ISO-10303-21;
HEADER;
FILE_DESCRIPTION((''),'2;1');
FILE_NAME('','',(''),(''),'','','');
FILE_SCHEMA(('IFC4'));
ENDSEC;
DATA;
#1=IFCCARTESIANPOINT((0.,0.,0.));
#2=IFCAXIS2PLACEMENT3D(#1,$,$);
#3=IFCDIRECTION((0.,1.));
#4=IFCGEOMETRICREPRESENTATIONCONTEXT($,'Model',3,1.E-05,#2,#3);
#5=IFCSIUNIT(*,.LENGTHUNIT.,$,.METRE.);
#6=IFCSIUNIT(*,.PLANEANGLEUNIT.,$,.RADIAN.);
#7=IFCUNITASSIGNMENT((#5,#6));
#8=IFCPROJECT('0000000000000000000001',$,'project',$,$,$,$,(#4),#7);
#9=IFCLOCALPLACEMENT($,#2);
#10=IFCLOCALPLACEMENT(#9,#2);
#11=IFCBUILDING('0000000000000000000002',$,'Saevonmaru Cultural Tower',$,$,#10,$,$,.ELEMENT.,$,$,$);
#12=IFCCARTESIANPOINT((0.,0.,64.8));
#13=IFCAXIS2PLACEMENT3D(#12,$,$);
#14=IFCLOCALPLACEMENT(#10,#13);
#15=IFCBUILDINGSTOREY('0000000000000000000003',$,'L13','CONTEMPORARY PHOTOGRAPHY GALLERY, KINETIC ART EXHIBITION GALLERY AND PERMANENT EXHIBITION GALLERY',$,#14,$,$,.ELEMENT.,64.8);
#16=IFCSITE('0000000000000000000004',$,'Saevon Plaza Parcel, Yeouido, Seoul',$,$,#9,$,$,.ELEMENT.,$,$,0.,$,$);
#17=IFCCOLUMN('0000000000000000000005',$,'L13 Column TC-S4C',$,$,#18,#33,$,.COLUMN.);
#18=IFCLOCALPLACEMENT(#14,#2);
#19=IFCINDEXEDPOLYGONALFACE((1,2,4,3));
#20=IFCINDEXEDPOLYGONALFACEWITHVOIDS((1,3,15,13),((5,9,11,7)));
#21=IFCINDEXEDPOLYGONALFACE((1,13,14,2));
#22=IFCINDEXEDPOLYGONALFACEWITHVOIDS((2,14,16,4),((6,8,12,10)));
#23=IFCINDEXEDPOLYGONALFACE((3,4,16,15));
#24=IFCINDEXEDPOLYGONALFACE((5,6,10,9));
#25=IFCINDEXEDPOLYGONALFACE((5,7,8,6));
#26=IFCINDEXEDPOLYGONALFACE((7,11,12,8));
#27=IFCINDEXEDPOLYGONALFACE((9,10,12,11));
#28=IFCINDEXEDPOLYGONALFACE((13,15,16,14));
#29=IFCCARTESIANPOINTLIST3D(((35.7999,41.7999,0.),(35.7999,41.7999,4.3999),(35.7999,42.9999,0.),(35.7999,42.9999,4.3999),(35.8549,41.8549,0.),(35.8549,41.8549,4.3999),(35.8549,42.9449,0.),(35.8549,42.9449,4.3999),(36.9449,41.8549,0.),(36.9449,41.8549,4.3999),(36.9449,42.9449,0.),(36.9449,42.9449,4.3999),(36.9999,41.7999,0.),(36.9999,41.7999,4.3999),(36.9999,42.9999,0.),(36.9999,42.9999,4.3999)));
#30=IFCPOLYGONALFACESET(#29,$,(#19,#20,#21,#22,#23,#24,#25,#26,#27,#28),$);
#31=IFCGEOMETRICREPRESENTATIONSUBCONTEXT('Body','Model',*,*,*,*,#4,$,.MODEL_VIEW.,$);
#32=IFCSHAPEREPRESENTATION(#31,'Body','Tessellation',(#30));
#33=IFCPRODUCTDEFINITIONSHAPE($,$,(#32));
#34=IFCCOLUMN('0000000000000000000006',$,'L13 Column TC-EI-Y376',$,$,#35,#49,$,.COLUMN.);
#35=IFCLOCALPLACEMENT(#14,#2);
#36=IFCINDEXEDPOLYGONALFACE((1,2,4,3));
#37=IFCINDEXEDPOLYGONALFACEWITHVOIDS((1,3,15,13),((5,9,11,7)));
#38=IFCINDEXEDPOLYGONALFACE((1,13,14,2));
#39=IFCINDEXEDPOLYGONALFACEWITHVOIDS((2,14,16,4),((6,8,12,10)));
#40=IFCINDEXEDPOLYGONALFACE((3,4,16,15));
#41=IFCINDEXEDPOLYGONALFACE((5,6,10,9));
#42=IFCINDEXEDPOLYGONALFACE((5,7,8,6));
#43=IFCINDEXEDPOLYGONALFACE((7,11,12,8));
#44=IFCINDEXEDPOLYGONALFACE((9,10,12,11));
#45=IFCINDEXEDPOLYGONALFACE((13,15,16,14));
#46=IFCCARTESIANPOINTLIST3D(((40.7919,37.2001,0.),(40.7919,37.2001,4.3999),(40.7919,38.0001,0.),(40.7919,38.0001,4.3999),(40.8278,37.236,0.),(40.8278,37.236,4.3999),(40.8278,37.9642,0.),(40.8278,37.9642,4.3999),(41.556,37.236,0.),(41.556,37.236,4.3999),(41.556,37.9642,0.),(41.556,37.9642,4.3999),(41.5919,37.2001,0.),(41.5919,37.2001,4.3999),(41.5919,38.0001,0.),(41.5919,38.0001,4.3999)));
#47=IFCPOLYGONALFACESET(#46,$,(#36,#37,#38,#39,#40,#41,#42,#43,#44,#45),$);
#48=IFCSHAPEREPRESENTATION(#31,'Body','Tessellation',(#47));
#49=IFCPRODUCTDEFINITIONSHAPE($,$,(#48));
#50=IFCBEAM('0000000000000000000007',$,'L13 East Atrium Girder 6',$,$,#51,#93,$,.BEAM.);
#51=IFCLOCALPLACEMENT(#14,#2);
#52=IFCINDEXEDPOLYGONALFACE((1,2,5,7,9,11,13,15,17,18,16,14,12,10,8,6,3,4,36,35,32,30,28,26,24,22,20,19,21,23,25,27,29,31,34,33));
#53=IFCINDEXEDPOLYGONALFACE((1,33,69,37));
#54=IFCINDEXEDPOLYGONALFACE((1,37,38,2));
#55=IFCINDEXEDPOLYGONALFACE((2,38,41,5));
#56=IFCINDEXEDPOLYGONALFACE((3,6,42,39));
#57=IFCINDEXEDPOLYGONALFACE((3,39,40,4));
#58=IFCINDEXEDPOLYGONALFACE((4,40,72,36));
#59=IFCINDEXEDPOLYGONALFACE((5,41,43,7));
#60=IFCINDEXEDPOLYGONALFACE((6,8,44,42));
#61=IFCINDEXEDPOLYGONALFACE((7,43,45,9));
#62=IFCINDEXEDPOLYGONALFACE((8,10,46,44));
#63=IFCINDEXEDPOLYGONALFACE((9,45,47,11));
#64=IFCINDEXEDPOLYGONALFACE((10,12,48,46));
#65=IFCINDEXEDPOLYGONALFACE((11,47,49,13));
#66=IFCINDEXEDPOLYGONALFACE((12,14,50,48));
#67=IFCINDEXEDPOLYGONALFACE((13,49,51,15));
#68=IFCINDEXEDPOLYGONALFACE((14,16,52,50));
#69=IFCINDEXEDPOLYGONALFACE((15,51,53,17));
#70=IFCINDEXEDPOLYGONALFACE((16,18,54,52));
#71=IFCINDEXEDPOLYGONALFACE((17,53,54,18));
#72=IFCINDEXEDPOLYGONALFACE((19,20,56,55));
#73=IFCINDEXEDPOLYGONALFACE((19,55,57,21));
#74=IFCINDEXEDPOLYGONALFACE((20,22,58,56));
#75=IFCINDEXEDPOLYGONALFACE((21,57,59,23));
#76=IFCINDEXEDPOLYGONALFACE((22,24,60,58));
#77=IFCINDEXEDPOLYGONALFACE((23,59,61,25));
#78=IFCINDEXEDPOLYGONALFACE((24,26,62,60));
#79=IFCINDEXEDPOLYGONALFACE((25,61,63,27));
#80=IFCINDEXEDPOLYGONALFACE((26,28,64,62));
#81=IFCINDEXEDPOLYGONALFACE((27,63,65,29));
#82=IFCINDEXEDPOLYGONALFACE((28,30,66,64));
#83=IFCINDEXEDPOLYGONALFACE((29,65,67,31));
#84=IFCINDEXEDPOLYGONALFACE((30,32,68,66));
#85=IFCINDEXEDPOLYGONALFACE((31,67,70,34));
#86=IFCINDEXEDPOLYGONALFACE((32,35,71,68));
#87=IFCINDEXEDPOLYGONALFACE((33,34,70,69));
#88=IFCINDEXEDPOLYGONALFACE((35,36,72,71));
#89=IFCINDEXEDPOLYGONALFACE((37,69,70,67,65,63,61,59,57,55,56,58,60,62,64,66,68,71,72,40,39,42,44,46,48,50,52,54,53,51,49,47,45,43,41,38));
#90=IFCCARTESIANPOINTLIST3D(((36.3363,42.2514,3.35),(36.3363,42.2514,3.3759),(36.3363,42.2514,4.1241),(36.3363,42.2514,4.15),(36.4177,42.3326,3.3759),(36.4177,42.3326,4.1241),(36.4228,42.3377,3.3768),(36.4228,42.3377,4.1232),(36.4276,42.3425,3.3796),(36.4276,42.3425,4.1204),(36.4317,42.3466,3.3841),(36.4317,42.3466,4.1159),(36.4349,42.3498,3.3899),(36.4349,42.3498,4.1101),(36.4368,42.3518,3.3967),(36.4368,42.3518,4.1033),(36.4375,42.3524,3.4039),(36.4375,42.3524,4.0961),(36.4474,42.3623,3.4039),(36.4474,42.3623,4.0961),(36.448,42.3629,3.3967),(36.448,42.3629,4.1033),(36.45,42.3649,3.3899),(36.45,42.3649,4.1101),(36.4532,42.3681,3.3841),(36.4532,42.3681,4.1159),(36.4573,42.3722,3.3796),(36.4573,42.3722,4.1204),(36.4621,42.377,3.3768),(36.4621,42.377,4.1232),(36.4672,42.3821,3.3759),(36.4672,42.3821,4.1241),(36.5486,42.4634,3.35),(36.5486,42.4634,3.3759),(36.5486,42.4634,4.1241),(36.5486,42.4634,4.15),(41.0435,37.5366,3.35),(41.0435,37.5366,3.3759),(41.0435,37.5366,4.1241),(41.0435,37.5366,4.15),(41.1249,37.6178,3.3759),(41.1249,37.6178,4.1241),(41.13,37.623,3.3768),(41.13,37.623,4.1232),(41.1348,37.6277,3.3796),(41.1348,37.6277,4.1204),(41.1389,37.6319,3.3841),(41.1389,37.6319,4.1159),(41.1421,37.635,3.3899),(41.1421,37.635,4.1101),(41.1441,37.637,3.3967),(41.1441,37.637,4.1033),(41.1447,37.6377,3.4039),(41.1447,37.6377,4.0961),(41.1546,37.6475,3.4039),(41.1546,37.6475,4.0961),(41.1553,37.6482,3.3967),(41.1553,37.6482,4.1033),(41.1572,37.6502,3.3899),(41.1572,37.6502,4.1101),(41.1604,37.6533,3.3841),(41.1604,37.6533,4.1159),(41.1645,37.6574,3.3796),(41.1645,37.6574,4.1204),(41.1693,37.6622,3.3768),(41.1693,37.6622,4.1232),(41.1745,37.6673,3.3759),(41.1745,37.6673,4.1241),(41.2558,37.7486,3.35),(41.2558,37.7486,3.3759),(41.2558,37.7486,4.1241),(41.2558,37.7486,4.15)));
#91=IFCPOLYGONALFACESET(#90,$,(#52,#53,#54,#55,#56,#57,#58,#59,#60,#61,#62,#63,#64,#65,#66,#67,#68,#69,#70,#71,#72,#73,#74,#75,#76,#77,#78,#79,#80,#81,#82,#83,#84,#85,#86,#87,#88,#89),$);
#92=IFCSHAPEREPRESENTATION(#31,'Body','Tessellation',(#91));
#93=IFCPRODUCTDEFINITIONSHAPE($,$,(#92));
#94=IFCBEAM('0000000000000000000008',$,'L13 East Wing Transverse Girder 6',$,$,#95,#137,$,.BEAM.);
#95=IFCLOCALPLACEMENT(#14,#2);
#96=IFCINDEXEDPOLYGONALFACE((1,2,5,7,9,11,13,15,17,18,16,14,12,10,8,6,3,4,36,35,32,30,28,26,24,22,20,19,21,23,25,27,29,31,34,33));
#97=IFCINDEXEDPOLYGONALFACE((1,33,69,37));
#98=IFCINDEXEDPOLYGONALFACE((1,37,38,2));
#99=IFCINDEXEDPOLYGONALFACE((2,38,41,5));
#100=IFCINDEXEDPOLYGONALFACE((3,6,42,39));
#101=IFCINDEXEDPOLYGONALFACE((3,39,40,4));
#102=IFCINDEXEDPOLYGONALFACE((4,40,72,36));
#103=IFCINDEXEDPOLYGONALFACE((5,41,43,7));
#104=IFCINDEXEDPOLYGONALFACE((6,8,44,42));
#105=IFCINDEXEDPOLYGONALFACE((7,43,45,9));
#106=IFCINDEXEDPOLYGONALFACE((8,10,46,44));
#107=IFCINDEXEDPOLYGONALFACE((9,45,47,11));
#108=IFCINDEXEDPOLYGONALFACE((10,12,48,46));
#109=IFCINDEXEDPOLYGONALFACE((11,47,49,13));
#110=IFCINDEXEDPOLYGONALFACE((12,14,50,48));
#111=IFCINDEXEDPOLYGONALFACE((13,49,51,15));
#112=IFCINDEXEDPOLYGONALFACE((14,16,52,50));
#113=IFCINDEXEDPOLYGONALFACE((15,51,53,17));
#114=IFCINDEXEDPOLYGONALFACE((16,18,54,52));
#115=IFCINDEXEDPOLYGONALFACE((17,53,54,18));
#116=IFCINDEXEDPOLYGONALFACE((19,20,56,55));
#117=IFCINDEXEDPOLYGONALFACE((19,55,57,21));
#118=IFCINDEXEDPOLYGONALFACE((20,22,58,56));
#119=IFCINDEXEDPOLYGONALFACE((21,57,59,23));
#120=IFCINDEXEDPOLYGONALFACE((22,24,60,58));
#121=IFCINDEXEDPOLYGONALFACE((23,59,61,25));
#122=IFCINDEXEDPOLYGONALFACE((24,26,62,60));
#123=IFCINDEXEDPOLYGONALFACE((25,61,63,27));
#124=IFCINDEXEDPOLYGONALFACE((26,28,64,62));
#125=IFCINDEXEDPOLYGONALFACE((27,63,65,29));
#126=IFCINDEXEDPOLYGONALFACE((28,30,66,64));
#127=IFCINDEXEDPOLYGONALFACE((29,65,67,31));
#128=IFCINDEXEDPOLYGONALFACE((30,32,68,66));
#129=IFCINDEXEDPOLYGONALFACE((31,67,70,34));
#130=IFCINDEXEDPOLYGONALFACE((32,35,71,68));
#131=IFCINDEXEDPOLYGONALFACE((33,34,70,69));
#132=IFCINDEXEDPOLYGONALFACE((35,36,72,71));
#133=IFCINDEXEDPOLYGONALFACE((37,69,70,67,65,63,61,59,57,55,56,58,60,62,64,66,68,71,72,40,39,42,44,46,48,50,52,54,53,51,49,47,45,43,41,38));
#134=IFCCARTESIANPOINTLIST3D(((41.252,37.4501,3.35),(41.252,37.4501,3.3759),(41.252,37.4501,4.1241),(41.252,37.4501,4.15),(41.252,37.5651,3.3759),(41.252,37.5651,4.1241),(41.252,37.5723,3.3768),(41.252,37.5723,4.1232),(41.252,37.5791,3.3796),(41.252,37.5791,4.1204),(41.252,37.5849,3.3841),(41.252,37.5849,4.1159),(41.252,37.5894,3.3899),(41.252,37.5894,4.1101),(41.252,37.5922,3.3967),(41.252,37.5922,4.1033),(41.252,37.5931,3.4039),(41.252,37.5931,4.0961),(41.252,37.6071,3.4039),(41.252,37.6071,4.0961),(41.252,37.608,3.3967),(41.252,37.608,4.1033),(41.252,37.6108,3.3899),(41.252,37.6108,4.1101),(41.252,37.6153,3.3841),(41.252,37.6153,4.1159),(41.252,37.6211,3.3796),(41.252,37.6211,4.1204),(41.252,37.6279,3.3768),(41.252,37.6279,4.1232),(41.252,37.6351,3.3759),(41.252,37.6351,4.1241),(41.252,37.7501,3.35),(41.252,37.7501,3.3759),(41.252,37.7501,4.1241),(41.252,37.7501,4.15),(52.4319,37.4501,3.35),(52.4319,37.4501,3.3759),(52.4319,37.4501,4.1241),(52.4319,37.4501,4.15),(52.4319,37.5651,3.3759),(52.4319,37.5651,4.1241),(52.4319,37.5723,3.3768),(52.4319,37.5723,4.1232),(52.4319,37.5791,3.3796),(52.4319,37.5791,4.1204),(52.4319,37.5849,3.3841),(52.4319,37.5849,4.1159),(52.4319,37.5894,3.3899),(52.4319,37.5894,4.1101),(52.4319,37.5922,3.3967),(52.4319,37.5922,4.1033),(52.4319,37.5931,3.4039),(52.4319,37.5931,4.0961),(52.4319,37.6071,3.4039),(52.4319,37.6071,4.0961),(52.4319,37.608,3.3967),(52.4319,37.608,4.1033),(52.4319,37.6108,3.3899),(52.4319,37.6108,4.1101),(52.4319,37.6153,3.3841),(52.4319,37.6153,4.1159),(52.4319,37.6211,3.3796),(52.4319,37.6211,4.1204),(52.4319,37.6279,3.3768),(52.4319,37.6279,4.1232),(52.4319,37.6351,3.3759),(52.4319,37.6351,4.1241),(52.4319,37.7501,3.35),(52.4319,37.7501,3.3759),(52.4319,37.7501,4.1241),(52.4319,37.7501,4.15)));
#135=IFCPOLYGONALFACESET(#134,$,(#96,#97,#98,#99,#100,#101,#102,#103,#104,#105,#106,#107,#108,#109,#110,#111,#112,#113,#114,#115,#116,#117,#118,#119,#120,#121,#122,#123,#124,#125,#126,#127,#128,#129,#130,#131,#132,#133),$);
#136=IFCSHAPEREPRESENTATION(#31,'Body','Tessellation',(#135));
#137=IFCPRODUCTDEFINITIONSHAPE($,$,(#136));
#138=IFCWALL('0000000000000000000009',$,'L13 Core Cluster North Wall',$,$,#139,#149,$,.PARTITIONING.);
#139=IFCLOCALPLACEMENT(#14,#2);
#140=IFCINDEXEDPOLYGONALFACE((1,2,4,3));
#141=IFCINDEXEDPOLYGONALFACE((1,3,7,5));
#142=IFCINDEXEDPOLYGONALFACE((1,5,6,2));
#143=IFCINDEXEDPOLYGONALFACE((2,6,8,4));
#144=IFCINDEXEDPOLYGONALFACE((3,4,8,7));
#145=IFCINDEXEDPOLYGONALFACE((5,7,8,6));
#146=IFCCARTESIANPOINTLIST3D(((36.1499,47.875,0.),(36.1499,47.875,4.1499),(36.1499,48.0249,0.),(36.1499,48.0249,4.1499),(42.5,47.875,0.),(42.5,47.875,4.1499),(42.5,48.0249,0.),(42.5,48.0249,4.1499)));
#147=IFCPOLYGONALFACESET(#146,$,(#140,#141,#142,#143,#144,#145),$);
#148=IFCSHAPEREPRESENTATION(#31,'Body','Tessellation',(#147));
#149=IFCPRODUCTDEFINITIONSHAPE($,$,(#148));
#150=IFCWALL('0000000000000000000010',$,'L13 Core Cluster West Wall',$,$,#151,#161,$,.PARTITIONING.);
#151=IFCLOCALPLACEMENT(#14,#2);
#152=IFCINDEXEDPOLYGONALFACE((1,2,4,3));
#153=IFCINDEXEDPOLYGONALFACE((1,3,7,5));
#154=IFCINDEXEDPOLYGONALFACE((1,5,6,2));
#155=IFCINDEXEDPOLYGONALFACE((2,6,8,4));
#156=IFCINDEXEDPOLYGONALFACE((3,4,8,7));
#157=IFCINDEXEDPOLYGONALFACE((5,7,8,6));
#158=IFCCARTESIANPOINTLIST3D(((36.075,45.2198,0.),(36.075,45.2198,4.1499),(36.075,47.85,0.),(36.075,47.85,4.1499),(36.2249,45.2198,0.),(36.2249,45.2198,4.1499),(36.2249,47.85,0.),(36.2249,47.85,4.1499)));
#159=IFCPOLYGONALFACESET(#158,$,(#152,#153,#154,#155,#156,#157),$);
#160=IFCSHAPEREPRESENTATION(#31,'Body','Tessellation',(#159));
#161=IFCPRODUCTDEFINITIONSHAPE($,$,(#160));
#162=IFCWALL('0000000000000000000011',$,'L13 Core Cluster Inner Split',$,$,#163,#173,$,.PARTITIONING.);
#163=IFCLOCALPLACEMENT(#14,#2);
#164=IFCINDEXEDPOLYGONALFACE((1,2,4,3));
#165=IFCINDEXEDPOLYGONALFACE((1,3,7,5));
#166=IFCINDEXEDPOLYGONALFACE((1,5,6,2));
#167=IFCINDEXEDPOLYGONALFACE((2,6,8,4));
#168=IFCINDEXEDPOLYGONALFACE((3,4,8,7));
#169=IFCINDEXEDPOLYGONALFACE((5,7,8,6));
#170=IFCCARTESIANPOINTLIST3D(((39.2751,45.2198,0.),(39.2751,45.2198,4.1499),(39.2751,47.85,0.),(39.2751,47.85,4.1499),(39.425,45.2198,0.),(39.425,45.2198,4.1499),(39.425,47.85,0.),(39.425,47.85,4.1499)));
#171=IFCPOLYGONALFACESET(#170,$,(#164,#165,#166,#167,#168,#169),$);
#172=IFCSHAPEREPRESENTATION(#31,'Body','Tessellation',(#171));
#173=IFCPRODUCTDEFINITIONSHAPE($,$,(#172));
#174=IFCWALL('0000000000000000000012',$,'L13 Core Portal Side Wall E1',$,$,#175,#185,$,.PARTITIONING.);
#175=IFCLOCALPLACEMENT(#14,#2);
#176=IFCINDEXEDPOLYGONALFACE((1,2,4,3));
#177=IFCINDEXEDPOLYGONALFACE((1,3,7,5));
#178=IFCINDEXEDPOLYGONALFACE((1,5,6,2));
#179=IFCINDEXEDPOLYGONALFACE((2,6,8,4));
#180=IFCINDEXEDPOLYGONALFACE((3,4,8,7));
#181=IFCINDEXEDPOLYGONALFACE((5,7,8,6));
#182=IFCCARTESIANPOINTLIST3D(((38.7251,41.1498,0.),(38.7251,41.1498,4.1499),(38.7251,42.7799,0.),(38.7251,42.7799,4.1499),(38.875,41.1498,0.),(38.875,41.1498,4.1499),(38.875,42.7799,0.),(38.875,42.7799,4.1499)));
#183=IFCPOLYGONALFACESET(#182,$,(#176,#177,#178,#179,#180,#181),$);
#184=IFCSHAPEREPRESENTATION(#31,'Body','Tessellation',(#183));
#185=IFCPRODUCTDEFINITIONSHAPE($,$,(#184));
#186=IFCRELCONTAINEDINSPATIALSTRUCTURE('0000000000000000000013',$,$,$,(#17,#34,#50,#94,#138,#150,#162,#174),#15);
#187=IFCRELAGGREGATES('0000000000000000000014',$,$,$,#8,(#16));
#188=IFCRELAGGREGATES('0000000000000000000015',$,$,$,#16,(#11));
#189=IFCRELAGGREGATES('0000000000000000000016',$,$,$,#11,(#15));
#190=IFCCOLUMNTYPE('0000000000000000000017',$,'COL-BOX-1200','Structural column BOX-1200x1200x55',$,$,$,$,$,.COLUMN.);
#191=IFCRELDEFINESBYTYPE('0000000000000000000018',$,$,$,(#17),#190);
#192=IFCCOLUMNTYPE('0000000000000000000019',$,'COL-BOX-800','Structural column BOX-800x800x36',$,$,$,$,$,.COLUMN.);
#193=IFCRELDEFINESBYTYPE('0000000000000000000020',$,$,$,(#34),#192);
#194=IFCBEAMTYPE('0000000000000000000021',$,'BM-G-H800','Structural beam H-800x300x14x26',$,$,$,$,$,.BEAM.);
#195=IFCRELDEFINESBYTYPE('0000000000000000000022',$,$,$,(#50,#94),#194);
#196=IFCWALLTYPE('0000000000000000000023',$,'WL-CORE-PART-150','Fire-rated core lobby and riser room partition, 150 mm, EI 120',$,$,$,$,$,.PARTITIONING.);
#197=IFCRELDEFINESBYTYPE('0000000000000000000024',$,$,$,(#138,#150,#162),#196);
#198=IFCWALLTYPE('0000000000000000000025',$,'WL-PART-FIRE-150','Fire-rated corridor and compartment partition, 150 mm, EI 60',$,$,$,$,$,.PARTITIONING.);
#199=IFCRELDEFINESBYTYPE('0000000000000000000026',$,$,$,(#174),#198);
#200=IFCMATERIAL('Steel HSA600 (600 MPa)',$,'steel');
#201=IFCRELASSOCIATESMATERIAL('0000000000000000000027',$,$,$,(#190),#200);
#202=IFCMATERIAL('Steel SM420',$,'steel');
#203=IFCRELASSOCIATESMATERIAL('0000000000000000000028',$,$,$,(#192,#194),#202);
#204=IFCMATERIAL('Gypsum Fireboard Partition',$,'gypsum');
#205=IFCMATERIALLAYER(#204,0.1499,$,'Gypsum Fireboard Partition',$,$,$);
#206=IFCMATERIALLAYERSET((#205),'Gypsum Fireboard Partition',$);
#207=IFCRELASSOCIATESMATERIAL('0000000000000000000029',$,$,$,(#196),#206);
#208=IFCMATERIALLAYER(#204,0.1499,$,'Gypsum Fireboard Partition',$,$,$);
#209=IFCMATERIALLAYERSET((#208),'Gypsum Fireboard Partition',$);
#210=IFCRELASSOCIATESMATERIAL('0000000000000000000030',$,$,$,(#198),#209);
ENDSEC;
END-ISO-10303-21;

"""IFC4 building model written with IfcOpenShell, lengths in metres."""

from ifc_helpers import new_model, si_unit, direction, frame, frame_2d, origin, origin_2d, place, context, subcontext, project, spatial, rectangle, hollow_rectangle, i_section, extrude, material, layer, layer_set, material_profile, profile_set, type_object, element, save


model = new_model("IFC4")

# Units and contexts
model_context = context("Model", 3, precision=1e-05, world=origin(), true_north=direction((0.0, 1.0)))
body_context = subcontext(model_context, "Body", "Model", "MODEL_VIEW")
ifc_project = project(units=[si_unit("LENGTHUNIT", "METRE"), si_unit("PLANEANGLEUNIT", "RADIAN")], contexts=[model_context])

# Site, building, storey
site_placement = place(None, origin())
site = spatial("IfcSite", under=ifc_project, at=site_placement, Name="Saevon Plaza Parcel, Yeouido, Seoul", CompositionType="ELEMENT", RefElevation=0.0)
building_placement = place(site_placement, origin())
building = spatial("IfcBuilding", under=site, at=building_placement, Name="Saevonmaru Cultural Tower", CompositionType="ELEMENT")
storey_placement = place(building_placement, frame((0.0, 0.0, 64.8)))
storey = spatial("IfcBuildingStorey", under=building, at=storey_placement, Name="L13", Description="CONTEMPORARY PHOTOGRAPHY GALLERY, KINETIC ART EXHIBITION GALLERY AND PERMANENT EXHIBITION GALLERY", CompositionType="ELEMENT", Elevation=64.8)

# Columns
ifc_material_1 = material(Name="Steel HSA600 (600 MPa)", Category="steel")
ifc_material_profile_1 = material_profile(ifc_material_1, hollow_rectangle(XDim=1.2, YDim=1.2, WallThickness=0.0549, at=origin_2d()), Name="BOX-1200x1200x55")
ifc_profile_set_1 = profile_set([ifc_material_profile_1], Name="Steel HSA600 (600 MPa)")
column_type_1 = type_object("IfcColumnType", Name="COL-BOX-1200", Description="Structural column BOX-1200x1200x55", PredefinedType="COLUMN", material=ifc_profile_set_1)
column_1_placement = place(storey_placement, frame((36.3999, 42.3999, 0.0), z_axis=(0.0, 0.0, 1.0), x_axis=(1.0, 0.0, 0.0)))
element("IfcColumn", 1, at=column_1_placement, inside=storey, type_object=column_type_1, Name="L13 Column TC-S4C", PredefinedType="COLUMN", context=body_context, shape_type="SweptSolid", body=[
    extrude(hollow_rectangle(XDim=1.2, YDim=1.2, WallThickness=0.0549, at=origin_2d()), origin(), (0.0, 0.0, 1.0), 4.3999),
])
ifc_material_2 = material(Name="Steel SM420", Category="steel")
ifc_material_profile_2 = material_profile(ifc_material_2, hollow_rectangle(XDim=0.8, YDim=0.8, WallThickness=0.0359, at=origin_2d()), Name="BOX-800x800x36")
ifc_profile_set_2 = profile_set([ifc_material_profile_2], Name="Steel SM420")
column_type_2 = type_object("IfcColumnType", Name="COL-BOX-800", Description="Structural column BOX-800x800x36", PredefinedType="COLUMN", material=ifc_profile_set_2)
column_2_placement = place(storey_placement, frame((41.1919, 37.6001, 0.0), z_axis=(0.0, 0.0, 1.0), x_axis=(1.0, 0.0, 0.0)))
element("IfcColumn", 2, at=column_2_placement, inside=storey, type_object=column_type_2, Name="L13 Column TC-EI-Y376", PredefinedType="COLUMN", context=body_context, shape_type="SweptSolid", body=[
    extrude(hollow_rectangle(XDim=0.8, YDim=0.8, WallThickness=0.0359, at=origin_2d()), origin(), (0.0, 0.0, 1.0), 4.3999),
])

# Beams
ifc_material_profile_3 = material_profile(ifc_material_2, i_section(OverallWidth=0.3, OverallDepth=0.8, WebThickness=0.0139, FlangeThickness=0.0259, FilletRadius=0.0281, at=origin_2d()), Name="H-800x300x14x26")
ifc_profile_set_3 = profile_set([ifc_material_profile_3], Name="Steel SM420")
beam_type = type_object("IfcBeamType", Name="BM-G-H800", Description="Structural beam H-800x300x14x26", PredefinedType="BEAM", material=ifc_profile_set_3)
beam_1_placement = place(storey_placement, frame((41.1497, 37.6426, 3.75), z_axis=(-0.706539, 0.707675, 0.0), x_axis=(-0.707675, -0.706539, 0.0)))
element("IfcBeam", 3, at=beam_1_placement, inside=storey, type_object=beam_type, Name="L13 East Atrium Girder 6", PredefinedType="BEAM", context=body_context, shape_type="SweptSolid", body=[
    extrude(i_section(OverallWidth=0.3, OverallDepth=0.8, WebThickness=0.0139, FlangeThickness=0.0259, FilletRadius=0.0281, at=origin_2d()), origin(), (0.0, 0.0, 1.0), 6.6624),
])
beam_2_placement = place(storey_placement, frame((41.252, 37.6001, 3.75), z_axis=(1.0, 0.0, 0.0), x_axis=(0.0, 1.0, 0.0)))
element("IfcBeam", 4, at=beam_2_placement, inside=storey, type_object=beam_type, Name="L13 East Wing Transverse Girder 6", PredefinedType="BEAM", context=body_context, shape_type="SweptSolid", body=[
    extrude(i_section(OverallWidth=0.3, OverallDepth=0.8, WebThickness=0.0139, FlangeThickness=0.0259, FilletRadius=0.0281, at=origin_2d()), origin(), (0.0, 0.0, 1.0), 11.1799),
])

# Shared definitions
ifc_material_3 = material(Name="Gypsum Fireboard Partition", Category="gypsum")
ifc_layer_1 = layer(ifc_material_3, 0.1499, Name="Gypsum Fireboard Partition")
ifc_layer_set_1 = layer_set([ifc_layer_1], Name="Gypsum Fireboard Partition")
wall_type_1 = type_object("IfcWallType", Name="WL-CORE-PART-150", Description="Fire-rated core lobby and riser room partition, 150 mm, EI 120", PredefinedType="PARTITIONING", material=ifc_layer_set_1)

# Walls
wall_1_placement = place(storey_placement, frame((36.1499, 47.95, 0.0), z_axis=(0.0, 0.0, 1.0), x_axis=(1.0, 0.0, 0.0)))
element("IfcWall", 5, at=wall_1_placement, inside=storey, type_object=wall_type_1, Name="L13 Core Cluster North Wall", PredefinedType="PARTITIONING", context=body_context, shape_type="SweptSolid", body=[
    extrude(rectangle(XDim=6.3501, YDim=0.1499, at=frame_2d((3.175, 0.0))), origin(), (0.0, 0.0, 1.0), 4.1499),
])
for number, where, z_axis, x_axis, name in (
    (6, (36.1499, 45.22, 0.0), (0.0, 0.0, 1.0), (0.0, 1.0, 0.0), "L13 Core Cluster West Wall"),
    (7, (39.3501, 45.22, 0.0), (0.0, 0.0, 1.0), (0.0, 1.0, 0.0), "L13 Core Cluster Inner Split"),
):
    element("IfcWall", number, at=place(storey_placement, frame(where, z_axis=z_axis, x_axis=x_axis)), inside=storey, type_object=wall_type_1, Name=name, PredefinedType="PARTITIONING", context=body_context, shape_type="SweptSolid", body=[
        extrude(rectangle(XDim=2.6301, YDim=0.1499, at=frame_2d((1.3149, 0.0))), origin(), (0.0, 0.0, 1.0), 4.1499),
    ])
ifc_layer_2 = layer(ifc_material_3, 0.1499, Name="Gypsum Fireboard Partition")
ifc_layer_set_2 = layer_set([ifc_layer_2], Name="Gypsum Fireboard Partition")
wall_type_2 = type_object("IfcWallType", Name="WL-PART-FIRE-150", Description="Fire-rated corridor and compartment partition, 150 mm, EI 60", PredefinedType="PARTITIONING", material=ifc_layer_set_2)
for number, where, z_axis, x_axis, name in (
    (8, (38.8, 41.1499, 0.0), (0.0, 0.0, 1.0), (0.0, 1.0, 0.0), "L13 Core Portal Side Wall E1"),
):
    element("IfcWall", number, at=place(storey_placement, frame(where, z_axis=z_axis, x_axis=x_axis)), inside=storey, type_object=wall_type_2, Name=name, PredefinedType="PARTITIONING", context=body_context, shape_type="SweptSolid", body=[
        extrude(rectangle(XDim=1.6301, YDim=0.1499, at=frame_2d((0.8149, 0.0))), origin(), (0.0, 0.0, 1.0), 4.1499),
    ])

save(model, "model.ifc")
